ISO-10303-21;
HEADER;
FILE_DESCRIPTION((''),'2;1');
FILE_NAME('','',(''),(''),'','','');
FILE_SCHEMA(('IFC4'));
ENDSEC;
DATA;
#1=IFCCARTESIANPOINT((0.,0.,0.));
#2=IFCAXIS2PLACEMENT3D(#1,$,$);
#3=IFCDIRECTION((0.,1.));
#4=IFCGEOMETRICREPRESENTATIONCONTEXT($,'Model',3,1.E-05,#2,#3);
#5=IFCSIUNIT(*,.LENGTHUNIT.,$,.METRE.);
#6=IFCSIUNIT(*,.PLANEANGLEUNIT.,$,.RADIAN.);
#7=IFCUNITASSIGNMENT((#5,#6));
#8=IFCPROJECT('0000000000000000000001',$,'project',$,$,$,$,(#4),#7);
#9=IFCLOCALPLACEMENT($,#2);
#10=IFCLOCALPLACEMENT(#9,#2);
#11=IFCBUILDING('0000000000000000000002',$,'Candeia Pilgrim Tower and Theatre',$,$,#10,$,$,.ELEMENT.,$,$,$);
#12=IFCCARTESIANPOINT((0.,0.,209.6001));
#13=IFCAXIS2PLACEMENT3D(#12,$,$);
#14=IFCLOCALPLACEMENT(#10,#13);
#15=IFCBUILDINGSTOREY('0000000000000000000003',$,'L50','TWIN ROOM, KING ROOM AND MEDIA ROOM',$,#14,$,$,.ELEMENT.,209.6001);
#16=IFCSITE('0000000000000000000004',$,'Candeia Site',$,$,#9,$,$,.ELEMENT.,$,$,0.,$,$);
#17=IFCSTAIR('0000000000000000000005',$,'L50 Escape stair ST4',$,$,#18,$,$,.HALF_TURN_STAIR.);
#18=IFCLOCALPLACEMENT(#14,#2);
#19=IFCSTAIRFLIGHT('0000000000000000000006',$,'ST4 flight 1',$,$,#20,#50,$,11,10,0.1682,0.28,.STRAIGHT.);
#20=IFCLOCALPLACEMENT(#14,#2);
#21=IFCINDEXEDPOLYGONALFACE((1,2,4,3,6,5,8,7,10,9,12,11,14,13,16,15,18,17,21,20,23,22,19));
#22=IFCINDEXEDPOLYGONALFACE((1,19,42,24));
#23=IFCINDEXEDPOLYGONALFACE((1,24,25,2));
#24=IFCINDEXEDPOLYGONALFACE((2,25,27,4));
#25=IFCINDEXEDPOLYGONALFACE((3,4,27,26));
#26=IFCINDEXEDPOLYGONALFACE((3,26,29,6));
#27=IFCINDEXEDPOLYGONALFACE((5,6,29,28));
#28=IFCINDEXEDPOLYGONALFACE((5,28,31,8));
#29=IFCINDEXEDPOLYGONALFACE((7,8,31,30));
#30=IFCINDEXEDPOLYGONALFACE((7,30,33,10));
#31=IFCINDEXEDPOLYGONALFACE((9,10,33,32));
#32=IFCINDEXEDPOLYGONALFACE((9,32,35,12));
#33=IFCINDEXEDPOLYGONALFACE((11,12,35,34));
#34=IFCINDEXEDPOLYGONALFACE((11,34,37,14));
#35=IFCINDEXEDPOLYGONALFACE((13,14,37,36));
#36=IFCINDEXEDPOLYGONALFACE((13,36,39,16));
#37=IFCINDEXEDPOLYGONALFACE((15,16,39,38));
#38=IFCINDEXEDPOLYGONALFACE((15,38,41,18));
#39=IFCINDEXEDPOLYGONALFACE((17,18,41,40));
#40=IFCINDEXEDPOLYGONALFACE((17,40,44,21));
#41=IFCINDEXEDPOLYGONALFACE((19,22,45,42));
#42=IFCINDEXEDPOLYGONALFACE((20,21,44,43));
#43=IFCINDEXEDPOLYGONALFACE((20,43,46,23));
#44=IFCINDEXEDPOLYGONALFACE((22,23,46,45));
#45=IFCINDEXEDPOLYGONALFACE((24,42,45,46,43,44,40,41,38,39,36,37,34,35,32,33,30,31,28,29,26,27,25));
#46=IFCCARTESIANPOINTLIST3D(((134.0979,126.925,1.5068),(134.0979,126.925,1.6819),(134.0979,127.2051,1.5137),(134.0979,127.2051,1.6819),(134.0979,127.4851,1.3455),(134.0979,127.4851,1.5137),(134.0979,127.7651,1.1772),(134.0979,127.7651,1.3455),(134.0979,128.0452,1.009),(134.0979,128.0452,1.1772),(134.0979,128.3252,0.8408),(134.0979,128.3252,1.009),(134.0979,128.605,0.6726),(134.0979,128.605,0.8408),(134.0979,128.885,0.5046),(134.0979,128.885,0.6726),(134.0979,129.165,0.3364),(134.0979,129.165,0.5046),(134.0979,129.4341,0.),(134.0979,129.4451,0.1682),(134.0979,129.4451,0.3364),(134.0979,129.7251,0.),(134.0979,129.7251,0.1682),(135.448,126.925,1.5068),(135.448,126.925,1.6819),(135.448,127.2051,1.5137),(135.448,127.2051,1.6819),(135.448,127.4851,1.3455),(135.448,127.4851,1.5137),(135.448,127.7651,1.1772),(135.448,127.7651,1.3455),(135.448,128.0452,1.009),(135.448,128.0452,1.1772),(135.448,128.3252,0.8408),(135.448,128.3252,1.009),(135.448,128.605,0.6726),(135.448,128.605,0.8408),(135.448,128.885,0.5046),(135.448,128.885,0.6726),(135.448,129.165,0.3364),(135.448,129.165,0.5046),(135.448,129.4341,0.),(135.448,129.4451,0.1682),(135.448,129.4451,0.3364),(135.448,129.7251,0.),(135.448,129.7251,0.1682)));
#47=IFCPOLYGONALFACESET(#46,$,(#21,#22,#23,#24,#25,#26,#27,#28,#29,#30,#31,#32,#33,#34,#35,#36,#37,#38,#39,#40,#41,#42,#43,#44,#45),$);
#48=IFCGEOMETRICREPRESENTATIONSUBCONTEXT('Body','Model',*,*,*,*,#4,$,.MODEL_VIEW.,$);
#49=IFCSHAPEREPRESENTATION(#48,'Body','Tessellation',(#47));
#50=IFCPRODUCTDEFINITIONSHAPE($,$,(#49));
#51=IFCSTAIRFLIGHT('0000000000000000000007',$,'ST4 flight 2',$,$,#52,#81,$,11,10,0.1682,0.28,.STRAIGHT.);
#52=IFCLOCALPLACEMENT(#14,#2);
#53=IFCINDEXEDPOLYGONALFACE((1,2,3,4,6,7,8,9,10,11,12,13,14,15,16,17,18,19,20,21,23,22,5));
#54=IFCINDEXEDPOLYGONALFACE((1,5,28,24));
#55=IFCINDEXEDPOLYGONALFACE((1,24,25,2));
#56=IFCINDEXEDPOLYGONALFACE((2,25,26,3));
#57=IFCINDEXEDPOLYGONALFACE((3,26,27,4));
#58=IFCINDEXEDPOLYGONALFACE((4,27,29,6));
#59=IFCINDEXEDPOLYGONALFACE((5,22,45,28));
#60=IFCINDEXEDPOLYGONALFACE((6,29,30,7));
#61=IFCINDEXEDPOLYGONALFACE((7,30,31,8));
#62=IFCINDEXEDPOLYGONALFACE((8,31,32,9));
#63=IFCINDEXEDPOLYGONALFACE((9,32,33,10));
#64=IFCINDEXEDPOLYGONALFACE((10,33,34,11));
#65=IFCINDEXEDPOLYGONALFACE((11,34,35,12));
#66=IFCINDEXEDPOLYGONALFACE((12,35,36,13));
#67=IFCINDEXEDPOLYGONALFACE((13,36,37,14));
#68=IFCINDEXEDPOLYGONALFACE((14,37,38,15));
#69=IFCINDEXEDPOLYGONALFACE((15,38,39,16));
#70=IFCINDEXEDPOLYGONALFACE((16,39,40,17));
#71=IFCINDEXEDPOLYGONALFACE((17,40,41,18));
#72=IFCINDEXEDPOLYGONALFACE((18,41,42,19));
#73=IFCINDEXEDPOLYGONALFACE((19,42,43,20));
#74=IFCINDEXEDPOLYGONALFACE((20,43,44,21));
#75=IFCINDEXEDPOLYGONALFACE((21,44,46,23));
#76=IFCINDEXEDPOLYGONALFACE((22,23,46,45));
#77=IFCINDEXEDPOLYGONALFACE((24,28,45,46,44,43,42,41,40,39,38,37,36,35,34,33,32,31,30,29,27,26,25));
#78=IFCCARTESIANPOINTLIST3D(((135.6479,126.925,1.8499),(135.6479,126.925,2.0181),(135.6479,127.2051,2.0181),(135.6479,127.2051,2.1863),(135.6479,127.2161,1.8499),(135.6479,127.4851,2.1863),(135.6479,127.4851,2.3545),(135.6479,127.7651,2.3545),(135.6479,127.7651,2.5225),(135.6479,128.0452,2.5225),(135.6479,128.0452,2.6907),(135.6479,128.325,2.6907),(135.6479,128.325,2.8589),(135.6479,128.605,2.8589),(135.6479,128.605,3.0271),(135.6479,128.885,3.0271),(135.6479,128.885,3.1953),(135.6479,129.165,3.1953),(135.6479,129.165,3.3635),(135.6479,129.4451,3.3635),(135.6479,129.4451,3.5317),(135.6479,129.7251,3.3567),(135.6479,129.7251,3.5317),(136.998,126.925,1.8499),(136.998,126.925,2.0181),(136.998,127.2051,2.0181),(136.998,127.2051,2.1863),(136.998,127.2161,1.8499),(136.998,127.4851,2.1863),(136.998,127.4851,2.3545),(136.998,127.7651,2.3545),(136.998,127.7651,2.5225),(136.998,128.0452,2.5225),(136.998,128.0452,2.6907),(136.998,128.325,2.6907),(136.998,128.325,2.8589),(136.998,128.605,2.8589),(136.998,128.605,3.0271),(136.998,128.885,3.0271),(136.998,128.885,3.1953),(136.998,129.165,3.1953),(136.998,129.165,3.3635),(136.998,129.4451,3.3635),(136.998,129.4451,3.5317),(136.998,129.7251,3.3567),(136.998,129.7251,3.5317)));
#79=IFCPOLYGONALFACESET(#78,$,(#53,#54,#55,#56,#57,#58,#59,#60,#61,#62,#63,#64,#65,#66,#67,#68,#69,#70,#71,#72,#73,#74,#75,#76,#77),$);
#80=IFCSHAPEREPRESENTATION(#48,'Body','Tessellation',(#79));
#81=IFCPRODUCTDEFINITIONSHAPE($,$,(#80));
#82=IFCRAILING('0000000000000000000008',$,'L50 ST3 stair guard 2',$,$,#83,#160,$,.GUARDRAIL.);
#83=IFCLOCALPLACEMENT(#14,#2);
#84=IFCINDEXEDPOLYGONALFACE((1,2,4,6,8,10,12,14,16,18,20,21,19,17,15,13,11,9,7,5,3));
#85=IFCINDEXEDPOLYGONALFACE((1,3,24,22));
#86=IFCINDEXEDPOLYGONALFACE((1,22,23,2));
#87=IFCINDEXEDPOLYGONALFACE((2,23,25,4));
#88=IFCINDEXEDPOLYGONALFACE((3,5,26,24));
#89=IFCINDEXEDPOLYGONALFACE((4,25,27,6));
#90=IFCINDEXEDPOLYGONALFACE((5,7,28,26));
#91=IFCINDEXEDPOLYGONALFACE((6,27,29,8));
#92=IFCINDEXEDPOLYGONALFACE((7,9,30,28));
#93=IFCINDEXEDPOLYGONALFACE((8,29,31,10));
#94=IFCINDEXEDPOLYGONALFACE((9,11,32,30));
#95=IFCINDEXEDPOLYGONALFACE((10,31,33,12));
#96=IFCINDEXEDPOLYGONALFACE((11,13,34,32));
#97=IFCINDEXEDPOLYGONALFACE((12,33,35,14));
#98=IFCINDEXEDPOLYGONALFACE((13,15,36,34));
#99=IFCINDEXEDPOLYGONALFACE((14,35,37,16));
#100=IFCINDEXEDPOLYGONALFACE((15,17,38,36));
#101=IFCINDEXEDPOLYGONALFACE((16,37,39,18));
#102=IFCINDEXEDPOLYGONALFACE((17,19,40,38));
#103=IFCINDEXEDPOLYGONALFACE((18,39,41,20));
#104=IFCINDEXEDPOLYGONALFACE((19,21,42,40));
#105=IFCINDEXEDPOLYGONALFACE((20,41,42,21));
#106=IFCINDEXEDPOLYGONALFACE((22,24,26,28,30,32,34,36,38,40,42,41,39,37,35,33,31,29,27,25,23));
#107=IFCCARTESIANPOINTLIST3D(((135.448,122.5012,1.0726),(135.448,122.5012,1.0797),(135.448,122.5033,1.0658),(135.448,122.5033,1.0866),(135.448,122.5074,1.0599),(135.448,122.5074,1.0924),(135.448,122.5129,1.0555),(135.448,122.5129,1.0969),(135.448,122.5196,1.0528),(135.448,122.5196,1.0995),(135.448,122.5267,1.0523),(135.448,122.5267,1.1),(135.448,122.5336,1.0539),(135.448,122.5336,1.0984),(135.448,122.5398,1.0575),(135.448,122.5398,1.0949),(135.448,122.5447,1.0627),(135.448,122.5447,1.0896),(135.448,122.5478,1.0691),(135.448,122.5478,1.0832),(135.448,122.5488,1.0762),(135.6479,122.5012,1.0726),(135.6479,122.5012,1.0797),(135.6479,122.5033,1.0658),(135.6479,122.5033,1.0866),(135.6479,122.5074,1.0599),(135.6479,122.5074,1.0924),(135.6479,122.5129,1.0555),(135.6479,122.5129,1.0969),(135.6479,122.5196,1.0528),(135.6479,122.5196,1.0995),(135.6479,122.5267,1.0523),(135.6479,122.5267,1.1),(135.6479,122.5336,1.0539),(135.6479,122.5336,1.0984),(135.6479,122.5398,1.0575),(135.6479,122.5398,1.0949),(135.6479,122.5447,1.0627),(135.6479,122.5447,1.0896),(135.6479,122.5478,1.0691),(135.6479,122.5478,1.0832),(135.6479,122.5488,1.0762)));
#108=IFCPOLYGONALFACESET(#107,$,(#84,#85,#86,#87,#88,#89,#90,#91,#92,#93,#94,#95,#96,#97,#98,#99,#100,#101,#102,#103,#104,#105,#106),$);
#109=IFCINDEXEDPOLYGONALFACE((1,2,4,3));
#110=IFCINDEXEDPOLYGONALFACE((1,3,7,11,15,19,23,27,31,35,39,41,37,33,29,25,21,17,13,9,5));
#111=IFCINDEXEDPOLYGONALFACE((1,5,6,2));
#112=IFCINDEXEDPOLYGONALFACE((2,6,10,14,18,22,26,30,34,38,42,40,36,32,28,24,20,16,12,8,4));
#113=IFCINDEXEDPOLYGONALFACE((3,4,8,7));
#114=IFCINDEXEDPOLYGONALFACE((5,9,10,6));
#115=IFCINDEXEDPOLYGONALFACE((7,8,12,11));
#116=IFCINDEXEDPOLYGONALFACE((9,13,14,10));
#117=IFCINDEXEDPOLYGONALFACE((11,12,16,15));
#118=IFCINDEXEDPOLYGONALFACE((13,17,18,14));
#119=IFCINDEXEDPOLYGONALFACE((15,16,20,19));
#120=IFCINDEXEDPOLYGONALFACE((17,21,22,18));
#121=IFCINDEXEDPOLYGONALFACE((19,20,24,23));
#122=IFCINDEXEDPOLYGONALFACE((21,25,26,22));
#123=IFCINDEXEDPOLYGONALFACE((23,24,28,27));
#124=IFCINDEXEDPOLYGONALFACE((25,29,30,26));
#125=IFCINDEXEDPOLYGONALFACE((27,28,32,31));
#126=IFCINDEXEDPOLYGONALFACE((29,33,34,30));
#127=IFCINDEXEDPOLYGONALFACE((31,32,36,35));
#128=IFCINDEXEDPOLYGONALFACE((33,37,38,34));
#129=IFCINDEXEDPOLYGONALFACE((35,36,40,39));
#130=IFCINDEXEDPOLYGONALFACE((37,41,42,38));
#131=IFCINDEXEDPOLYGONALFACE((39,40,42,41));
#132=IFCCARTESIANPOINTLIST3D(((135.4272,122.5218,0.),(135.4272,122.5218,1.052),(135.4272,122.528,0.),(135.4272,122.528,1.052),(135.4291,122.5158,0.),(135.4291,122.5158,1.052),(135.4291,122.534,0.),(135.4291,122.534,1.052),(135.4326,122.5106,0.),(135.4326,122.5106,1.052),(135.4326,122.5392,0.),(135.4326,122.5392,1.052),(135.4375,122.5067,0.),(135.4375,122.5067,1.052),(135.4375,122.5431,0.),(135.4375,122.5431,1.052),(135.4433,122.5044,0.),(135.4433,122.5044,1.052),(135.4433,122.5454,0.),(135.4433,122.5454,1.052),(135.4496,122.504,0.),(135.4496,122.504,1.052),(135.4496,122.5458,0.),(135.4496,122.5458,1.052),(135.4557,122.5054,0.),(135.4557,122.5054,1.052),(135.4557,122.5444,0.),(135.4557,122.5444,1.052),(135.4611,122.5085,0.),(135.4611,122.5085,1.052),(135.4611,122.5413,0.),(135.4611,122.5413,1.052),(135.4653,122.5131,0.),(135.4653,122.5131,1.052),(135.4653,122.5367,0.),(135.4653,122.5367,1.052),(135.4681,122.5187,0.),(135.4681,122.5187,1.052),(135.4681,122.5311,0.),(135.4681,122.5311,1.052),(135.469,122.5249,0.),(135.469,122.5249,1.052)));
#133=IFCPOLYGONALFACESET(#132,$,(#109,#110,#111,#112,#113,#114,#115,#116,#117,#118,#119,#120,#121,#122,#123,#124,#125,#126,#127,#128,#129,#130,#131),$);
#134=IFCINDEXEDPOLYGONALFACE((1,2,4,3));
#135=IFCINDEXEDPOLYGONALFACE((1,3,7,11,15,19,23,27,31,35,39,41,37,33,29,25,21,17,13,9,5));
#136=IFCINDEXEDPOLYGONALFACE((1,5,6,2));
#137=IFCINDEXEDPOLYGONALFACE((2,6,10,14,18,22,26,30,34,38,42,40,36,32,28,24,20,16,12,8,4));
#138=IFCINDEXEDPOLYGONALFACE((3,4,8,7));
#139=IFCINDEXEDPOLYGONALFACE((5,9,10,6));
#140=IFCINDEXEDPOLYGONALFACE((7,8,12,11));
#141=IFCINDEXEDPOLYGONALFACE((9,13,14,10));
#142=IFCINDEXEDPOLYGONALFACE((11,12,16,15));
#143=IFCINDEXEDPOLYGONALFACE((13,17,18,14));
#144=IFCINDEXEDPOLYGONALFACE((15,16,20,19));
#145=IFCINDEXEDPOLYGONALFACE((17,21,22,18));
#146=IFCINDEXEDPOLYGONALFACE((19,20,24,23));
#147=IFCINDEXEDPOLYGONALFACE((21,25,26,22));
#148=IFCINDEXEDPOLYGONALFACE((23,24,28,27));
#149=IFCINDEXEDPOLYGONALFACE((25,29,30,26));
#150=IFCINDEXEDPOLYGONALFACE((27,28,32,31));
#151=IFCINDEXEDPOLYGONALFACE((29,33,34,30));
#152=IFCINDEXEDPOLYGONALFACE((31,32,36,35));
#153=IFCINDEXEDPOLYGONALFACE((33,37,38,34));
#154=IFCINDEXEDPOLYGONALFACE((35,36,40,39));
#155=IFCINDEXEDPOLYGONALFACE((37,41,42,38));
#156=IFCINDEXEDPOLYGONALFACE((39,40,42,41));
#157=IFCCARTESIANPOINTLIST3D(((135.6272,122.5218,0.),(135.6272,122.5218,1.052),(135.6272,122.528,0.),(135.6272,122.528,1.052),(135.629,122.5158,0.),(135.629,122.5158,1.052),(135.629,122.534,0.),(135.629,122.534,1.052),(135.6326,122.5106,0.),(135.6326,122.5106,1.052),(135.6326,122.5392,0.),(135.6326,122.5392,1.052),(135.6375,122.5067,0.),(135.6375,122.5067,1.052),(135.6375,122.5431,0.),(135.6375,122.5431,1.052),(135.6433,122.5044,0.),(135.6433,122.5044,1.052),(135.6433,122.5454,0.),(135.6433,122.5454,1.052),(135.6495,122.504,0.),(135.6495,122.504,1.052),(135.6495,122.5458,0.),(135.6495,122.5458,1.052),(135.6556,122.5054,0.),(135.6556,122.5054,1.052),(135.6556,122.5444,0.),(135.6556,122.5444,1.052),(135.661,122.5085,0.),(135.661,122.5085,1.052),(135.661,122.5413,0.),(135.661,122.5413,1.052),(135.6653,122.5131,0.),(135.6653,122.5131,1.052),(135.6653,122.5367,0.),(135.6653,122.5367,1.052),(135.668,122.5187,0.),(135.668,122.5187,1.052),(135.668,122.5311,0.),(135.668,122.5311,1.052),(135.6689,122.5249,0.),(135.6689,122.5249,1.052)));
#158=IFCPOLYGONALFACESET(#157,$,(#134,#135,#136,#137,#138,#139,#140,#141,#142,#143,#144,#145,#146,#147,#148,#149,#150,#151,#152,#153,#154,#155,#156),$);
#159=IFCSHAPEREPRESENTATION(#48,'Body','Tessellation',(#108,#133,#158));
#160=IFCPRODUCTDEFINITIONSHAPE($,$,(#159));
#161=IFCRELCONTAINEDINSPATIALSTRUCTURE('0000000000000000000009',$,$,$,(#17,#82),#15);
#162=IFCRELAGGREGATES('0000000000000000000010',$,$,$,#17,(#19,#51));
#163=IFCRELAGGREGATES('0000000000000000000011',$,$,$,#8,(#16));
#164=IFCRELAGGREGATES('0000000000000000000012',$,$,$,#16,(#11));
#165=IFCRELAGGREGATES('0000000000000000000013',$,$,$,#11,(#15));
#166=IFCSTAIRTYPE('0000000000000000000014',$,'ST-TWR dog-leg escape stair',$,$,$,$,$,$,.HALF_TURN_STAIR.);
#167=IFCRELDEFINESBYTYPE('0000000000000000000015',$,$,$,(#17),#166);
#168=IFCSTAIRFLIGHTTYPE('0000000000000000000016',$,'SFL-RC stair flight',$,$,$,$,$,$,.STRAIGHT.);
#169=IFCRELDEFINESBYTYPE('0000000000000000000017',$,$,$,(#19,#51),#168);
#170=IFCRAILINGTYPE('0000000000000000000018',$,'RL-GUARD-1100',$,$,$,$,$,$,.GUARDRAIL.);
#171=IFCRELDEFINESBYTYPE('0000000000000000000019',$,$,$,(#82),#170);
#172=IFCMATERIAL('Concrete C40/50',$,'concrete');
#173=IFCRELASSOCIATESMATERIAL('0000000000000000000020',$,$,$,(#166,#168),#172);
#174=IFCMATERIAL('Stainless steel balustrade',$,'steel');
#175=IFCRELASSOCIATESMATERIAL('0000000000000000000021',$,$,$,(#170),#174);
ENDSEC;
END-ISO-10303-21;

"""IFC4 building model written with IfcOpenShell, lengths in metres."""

from ifc_helpers import new_model, si_unit, direction, frame, origin, origin_2d, place, context, subcontext, project, spatial, polyline, circle, outline, extrude, material, type_object, element, aggregate, save


model = new_model("IFC4")

# Units and contexts
model_context = context("Model", 3, precision=1e-05, world=origin(), true_north=direction((0.0, 1.0)))
body_context = subcontext(model_context, "Body", "Model", "MODEL_VIEW")
ifc_project = project(units=[si_unit("LENGTHUNIT", "METRE"), si_unit("PLANEANGLEUNIT", "RADIAN")], contexts=[model_context])

# Site, building, storey
site_placement = place(None, origin())
site = spatial("IfcSite", under=ifc_project, at=site_placement, Name="Candeia Site", CompositionType="ELEMENT", RefElevation=0.0)
building_placement = place(site_placement, origin())
building = spatial("IfcBuilding", under=site, at=building_placement, Name="Candeia Pilgrim Tower and Theatre", CompositionType="ELEMENT")
storey_placement = place(building_placement, frame((0.0, 0.0, 209.6001)))
storey = spatial("IfcBuildingStorey", under=building, at=storey_placement, Name="L50", Description="TWIN ROOM, KING ROOM AND MEDIA ROOM", CompositionType="ELEMENT", Elevation=209.6001)

# Shared definitions
ifc_material_1 = material(Name="Concrete C40/50", Category="concrete")

# Stair, stair flights
stair_type = type_object("IfcStairType", Name="ST-TWR dog-leg escape stair", PredefinedType="HALF_TURN_STAIR", material=ifc_material_1)
stair_flight_type = type_object("IfcStairFlightType", Name="SFL-RC stair flight", PredefinedType="STRAIGHT", material=ifc_material_1)
stair_1_placement = place(storey_placement, origin())
stair_1 = element("IfcStair", 1, at=stair_1_placement, inside=storey, type_object=stair_type, Name="L50 Escape stair ST4", PredefinedType="HALF_TURN_STAIR")
stair_flight_1_placement = place(storey_placement, frame((134.7729, 129.7251, 0.0), z_axis=(0.0, 0.0, 1.0), x_axis=(0.0, -1.0, 0.0)))
stair_flight_1 = element("IfcStairFlight", 2, at=stair_flight_1_placement, type_object=stair_flight_type, Name="ST4 flight 1", NumberOfRisers=11, NumberOfTreads=10, PredefinedType="STRAIGHT", RiserHeight=0.1682, TreadLength=0.28, context=body_context, shape_type="SweptSolid", body=[
    extrude(outline(polyline([(0.0, 0.0), (0.0, 0.1682), (0.28, 0.1682), (0.28, 0.3364), (0.5601, 0.3364), (0.5601, 0.5046), (0.8401, 0.5046), (0.8401, 0.6726), (1.1201, 0.6726), (1.1201, 0.8408), (1.3999, 0.8408), (1.3999, 1.009), (1.6799, 1.009), (1.6799, 1.1772), (1.96, 1.1772), (1.96, 1.3455), (2.24, 1.3455), (2.24, 1.5137), (2.52, 1.5137), (2.52, 1.6819), (2.8, 1.6819), (2.8, 1.8501), (2.8, 1.5068), (0.291, 0.0), (0.0, 0.0)])), frame((0.0, 0.675, 0.0), z_axis=(0.0, -1.0, 0.0), x_axis=(1.0, 0.0, 0.0)), (0.0, 0.0, 1.0), 1.3501),
])
stair_flight_2_placement = place(storey_placement, frame((136.323, 126.925, 1.8499), z_axis=(0.0, 0.0, 1.0), x_axis=(0.0, 1.0, 0.0)))
stair_flight_2 = element("IfcStairFlight", 3, at=stair_flight_2_placement, type_object=stair_flight_type, Name="ST4 flight 2", NumberOfRisers=11, NumberOfTreads=10, PredefinedType="STRAIGHT", RiserHeight=0.1682, TreadLength=0.28, context=body_context, shape_type="SweptSolid", body=[
    extrude(outline(polyline([(0.0, 0.0), (0.0, 0.1682), (0.28, 0.1682), (0.28, 0.3364), (0.5601, 0.3364), (0.5601, 0.5046), (0.8401, 0.5046), (0.8401, 0.6726), (1.1201, 0.6726), (1.1201, 0.8408), (1.3999, 0.8408), (1.3999, 1.009), (1.6799, 1.009), (1.6799, 1.1772), (1.96, 1.1772), (1.96, 1.3455), (2.24, 1.3455), (2.24, 1.5137), (2.52, 1.5137), (2.52, 1.6819), (2.8, 1.6819), (2.8, 1.8501), (2.8, 1.5068), (0.291, 0.0), (0.0, 0.0)])), frame((0.0, 0.675, 0.0), z_axis=(0.0, -1.0, 0.0), x_axis=(1.0, 0.0, 0.0)), (0.0, 0.0, 1.0), 1.3501),
])
aggregate(stair_1, [stair_flight_1, stair_flight_2])

# Railing
ifc_material_2 = material(Name="Stainless steel balustrade", Category="steel")
railing_type_1 = type_object("IfcRailingType", Name="RL-GUARD-1100", PredefinedType="GUARDRAIL", material=ifc_material_2)
railing_1_placement = place(storey_placement, frame((135.448, 122.5249, 0.0)))
element("IfcRailing", 4, at=railing_1_placement, inside=storey, type_object=railing_type_1, Name="L50 ST3 stair guard 2", PredefinedType="GUARDRAIL", context=body_context, shape_type="SweptSolid", body=[
    extrude(circle(Radius=0.0239, at=origin_2d()), frame((0.0, 0.0, 1.0762), z_axis=(1.0, 0.0, 0.0), x_axis=(0.0, 1.0, 0.0)), (0.0, 0.0, 1.0), 0.2),
    extrude(circle(Radius=0.021, at=origin_2d()), origin(), (0.0, 0.0, 1.0), 1.052),
    extrude(circle(Radius=0.021, at=origin_2d()), frame((0.2, 0.0, 0.0)), (0.0, 0.0, 1.0), 1.052),
])

save(model, "model.ifc")
